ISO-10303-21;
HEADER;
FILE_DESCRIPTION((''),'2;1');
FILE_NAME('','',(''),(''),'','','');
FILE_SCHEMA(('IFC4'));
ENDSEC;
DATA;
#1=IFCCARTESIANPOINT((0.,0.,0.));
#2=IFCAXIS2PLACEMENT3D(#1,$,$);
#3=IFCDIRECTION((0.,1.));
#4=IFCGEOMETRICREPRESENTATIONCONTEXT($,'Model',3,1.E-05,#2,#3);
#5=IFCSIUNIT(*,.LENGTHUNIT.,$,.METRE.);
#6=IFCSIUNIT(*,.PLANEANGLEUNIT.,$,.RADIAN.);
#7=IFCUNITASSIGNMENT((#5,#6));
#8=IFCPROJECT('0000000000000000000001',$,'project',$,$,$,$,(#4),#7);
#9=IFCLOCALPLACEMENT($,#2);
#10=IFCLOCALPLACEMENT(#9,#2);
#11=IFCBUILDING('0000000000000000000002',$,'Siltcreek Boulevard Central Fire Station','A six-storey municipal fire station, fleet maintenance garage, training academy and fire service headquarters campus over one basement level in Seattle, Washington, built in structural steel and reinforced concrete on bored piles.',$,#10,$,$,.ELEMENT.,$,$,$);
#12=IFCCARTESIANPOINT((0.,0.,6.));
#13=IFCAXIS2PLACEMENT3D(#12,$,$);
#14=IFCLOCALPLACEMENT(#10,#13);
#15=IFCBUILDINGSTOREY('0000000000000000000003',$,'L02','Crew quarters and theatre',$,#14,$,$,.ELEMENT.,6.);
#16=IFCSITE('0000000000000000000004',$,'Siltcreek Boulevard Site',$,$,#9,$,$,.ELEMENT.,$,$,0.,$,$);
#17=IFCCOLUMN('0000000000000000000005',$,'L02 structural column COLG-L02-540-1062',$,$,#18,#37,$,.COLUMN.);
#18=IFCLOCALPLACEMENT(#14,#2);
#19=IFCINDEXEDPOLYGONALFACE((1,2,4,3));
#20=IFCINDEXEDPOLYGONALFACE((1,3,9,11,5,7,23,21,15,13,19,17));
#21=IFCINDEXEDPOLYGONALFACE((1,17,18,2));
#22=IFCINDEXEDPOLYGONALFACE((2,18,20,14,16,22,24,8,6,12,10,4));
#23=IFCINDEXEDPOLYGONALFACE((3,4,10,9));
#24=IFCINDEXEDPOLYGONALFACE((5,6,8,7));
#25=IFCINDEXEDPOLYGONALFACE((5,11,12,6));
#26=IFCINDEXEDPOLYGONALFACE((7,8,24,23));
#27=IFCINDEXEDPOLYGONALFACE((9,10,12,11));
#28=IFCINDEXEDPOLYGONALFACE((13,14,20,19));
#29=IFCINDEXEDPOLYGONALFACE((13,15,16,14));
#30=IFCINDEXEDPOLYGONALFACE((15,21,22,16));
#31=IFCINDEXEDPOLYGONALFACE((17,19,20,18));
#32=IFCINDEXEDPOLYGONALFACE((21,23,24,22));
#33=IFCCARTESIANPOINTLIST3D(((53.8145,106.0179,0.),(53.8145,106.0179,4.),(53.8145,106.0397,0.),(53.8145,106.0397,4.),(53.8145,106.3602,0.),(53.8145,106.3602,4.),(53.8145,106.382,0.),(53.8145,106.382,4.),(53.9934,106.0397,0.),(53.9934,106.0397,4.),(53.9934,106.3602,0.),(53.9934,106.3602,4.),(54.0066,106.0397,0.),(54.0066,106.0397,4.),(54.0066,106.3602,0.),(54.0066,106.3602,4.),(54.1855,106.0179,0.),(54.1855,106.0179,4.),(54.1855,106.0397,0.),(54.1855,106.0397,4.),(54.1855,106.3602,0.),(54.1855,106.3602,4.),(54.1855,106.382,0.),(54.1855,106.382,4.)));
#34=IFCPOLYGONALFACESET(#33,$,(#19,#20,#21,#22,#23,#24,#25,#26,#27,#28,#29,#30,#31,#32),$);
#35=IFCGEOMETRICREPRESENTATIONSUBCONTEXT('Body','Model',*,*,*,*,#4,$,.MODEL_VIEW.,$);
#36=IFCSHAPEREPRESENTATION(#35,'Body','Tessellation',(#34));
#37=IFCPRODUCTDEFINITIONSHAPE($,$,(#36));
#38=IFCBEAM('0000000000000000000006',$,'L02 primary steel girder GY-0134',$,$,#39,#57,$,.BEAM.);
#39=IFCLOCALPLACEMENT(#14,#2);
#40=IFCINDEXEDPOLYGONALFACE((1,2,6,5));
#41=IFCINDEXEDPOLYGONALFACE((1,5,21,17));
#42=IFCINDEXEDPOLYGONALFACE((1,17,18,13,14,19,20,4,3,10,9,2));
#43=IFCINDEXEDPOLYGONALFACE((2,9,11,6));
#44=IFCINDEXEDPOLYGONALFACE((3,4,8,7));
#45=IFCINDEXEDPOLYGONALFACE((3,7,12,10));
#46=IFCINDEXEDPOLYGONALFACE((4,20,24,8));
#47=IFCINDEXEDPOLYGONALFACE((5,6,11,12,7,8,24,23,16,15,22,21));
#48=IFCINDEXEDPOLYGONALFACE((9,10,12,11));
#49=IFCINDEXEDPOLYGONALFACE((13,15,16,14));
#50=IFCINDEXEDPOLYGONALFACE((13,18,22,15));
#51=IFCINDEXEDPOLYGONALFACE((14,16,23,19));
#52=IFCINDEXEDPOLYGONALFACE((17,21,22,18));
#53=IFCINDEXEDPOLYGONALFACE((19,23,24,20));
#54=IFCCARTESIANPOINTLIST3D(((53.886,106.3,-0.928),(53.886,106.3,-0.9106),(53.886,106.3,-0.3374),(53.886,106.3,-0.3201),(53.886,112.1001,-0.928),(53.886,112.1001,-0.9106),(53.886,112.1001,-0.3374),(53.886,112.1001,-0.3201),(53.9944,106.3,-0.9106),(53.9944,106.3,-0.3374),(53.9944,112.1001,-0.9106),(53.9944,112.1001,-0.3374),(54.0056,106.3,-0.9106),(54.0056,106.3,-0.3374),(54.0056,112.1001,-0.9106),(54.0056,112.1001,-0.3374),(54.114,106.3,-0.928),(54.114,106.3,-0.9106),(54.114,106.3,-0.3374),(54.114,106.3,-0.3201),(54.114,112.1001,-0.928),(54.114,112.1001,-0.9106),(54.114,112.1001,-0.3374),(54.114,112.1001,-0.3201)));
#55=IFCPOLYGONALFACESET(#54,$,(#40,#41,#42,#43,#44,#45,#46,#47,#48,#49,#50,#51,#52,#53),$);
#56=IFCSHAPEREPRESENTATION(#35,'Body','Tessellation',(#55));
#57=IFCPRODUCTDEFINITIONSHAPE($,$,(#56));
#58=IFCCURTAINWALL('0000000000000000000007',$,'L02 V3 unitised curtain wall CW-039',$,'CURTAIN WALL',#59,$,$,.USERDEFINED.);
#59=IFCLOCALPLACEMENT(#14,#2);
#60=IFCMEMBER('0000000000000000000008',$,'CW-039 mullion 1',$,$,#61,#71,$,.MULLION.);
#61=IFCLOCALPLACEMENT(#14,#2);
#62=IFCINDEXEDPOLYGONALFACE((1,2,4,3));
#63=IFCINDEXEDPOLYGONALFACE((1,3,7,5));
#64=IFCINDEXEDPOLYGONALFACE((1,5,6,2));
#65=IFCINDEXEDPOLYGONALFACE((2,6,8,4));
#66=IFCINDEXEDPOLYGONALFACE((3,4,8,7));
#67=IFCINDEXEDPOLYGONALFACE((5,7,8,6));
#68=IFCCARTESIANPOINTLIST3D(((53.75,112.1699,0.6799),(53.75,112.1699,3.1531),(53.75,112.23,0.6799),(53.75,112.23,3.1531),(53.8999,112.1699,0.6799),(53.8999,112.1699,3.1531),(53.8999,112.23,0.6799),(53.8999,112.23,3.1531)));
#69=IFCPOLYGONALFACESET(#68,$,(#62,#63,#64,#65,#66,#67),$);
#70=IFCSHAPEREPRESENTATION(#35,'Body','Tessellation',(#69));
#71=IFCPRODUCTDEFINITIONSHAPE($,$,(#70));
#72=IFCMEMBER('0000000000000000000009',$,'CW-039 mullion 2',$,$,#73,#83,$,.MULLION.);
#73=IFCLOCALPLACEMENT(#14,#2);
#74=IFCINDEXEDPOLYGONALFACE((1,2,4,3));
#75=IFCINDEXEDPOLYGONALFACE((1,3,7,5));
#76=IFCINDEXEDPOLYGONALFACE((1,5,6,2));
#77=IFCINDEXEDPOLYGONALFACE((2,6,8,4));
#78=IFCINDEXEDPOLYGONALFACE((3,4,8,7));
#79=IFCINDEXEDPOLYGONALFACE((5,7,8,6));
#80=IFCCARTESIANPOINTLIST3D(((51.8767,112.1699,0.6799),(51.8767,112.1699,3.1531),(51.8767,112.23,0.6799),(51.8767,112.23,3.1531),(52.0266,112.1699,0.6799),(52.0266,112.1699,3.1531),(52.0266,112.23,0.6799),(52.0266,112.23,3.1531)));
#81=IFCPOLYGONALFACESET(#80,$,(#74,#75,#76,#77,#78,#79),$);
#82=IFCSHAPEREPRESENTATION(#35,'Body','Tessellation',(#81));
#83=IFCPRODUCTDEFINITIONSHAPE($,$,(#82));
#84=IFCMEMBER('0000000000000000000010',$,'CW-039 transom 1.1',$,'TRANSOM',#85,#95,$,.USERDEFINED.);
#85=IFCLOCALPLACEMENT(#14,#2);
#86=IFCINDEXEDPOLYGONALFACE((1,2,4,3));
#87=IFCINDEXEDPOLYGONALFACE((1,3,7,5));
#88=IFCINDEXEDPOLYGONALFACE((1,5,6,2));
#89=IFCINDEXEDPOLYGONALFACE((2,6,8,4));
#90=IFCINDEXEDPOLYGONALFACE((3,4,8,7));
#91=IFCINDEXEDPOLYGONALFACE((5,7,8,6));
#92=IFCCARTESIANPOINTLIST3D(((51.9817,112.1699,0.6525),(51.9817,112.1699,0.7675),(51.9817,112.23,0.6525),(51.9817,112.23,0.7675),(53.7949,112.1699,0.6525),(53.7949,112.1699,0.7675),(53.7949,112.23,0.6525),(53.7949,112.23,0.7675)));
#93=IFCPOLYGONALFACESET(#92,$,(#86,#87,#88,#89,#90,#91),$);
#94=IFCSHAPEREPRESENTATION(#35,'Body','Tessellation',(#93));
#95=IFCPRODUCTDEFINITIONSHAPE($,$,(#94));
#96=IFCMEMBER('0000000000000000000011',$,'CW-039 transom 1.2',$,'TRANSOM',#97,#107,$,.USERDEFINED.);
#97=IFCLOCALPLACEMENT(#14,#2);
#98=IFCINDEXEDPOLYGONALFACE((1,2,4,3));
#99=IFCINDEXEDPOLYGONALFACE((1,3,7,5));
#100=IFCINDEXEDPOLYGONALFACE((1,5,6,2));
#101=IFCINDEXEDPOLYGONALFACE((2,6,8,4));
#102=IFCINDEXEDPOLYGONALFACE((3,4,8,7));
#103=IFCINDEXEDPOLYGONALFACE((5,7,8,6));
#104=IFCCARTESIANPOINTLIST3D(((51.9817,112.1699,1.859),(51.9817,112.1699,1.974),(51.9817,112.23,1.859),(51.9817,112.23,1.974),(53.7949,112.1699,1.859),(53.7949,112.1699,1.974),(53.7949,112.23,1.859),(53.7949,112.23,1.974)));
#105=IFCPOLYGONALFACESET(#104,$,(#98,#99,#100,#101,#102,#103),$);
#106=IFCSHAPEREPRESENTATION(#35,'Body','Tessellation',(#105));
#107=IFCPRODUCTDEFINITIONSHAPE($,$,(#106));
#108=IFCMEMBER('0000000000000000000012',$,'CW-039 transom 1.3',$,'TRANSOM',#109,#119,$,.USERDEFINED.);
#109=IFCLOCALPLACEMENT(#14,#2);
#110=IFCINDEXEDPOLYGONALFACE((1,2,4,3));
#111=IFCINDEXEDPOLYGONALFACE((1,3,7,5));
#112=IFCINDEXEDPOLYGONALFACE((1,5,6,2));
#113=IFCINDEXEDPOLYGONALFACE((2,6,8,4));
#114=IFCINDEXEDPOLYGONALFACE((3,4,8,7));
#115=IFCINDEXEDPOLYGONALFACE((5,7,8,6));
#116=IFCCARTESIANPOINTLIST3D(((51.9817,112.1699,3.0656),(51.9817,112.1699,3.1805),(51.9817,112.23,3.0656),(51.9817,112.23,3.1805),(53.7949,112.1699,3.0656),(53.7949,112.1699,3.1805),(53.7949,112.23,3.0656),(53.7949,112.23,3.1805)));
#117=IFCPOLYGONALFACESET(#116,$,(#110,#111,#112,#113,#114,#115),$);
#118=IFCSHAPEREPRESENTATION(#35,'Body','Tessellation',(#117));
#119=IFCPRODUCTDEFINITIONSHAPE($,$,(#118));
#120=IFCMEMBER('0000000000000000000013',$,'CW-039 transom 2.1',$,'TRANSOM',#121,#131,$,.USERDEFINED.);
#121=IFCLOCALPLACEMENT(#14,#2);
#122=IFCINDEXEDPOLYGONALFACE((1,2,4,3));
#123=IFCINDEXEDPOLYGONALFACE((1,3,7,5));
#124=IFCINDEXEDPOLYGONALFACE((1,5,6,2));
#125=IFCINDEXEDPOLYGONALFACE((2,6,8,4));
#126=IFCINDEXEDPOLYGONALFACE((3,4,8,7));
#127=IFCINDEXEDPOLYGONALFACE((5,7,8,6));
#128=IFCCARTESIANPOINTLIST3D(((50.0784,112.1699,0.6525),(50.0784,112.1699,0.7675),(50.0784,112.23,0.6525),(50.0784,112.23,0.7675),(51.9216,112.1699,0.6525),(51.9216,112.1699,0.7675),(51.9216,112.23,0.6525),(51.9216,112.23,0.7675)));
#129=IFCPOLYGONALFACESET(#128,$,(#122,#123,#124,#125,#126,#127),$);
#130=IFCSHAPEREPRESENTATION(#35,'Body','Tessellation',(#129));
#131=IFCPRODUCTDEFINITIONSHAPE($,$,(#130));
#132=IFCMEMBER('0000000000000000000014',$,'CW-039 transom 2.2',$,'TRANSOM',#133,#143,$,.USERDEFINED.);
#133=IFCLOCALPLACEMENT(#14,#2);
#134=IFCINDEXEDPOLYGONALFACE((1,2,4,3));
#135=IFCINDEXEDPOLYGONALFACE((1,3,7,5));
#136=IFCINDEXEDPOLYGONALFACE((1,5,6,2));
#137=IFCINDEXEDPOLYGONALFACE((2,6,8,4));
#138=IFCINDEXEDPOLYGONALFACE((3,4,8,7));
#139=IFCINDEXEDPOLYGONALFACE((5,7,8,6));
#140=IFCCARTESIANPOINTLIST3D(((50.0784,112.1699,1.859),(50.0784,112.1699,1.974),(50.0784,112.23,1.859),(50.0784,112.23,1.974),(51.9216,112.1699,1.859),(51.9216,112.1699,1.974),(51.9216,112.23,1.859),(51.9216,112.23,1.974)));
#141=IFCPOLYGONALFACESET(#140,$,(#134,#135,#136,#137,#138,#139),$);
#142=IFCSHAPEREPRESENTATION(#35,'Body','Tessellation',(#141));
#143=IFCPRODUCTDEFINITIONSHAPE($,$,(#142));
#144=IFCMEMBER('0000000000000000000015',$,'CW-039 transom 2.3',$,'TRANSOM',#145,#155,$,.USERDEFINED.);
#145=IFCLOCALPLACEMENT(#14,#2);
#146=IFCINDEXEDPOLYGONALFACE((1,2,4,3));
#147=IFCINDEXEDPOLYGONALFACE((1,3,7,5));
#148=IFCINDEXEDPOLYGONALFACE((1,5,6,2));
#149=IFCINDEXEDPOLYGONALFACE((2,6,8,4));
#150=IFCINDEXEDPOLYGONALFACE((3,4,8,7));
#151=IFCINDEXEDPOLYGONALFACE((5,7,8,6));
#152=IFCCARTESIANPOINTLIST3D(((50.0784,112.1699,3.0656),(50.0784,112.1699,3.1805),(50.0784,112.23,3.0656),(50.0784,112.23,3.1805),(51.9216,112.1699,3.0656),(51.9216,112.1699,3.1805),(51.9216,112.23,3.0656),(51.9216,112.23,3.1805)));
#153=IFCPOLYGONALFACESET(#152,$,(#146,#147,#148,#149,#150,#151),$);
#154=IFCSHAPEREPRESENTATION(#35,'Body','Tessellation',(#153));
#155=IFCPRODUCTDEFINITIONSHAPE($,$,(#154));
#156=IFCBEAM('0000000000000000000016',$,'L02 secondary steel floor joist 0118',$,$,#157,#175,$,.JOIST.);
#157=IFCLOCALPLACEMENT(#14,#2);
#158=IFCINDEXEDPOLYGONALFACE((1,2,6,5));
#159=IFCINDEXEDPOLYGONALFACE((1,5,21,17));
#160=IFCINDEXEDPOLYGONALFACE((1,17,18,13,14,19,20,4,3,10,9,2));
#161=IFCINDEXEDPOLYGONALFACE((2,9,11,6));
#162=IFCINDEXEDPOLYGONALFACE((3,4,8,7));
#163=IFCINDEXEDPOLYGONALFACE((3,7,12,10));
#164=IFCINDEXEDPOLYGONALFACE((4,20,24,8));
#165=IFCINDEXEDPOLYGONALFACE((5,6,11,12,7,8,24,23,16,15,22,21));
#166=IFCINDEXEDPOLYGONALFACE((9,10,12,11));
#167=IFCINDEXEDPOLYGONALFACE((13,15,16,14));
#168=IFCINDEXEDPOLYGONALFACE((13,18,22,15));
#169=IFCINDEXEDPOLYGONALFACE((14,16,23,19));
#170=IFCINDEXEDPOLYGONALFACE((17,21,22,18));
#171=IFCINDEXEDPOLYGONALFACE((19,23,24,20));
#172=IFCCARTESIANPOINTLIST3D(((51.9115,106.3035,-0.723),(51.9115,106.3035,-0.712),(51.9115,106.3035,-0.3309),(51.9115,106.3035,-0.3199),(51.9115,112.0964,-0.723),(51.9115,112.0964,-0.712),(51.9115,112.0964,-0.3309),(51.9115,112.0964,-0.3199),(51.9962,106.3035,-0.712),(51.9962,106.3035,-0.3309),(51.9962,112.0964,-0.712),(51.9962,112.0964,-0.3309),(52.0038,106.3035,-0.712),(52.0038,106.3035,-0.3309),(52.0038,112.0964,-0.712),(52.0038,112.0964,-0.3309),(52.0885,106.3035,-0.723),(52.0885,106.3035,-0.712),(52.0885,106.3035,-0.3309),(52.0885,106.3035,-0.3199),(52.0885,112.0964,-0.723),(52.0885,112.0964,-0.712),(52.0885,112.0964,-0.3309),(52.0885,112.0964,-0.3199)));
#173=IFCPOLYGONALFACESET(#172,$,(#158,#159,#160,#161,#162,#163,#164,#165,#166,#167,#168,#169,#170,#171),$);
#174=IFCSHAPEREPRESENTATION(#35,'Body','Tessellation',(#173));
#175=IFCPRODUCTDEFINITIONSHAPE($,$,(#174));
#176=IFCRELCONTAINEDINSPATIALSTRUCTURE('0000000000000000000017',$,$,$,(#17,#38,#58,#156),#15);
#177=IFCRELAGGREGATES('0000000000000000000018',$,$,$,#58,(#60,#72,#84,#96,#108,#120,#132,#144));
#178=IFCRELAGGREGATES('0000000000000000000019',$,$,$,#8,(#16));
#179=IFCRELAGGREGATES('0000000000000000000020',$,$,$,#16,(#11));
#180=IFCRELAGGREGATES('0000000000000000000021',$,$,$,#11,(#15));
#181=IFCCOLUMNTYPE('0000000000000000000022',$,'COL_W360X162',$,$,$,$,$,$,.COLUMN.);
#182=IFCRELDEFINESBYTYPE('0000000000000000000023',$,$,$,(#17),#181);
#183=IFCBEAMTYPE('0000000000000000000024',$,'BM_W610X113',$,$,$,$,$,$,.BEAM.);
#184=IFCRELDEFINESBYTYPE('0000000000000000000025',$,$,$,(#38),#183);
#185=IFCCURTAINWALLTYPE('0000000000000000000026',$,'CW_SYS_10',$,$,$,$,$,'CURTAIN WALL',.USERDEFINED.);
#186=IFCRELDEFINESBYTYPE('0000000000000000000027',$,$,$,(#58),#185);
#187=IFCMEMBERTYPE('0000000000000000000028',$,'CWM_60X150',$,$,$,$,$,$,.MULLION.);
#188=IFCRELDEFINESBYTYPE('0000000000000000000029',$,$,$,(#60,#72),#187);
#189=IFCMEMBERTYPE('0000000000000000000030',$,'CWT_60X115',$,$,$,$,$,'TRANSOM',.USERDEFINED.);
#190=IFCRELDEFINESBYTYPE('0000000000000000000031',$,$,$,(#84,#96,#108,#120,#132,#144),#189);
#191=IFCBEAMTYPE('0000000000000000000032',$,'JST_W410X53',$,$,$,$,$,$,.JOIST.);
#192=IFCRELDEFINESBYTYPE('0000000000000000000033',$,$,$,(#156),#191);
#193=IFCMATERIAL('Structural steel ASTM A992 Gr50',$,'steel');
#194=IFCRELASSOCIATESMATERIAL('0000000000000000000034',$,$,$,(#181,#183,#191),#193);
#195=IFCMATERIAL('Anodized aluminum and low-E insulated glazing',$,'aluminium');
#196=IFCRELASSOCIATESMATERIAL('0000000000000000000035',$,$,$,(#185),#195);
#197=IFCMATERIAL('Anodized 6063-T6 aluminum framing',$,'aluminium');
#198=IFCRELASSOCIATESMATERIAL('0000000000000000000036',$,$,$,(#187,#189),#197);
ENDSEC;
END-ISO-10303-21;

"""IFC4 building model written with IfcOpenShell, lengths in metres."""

from ifc_helpers import new_model, si_unit, direction, frame, origin, origin_2d, place, context, subcontext, project, spatial, rectangle, i_section, extrude, material, material_profile, profile_set, type_object, element, aggregate, save


model = new_model("IFC4")

# Units and contexts
model_context = context("Model", 3, precision=1e-05, world=origin(), true_north=direction((0.0, 1.0)))
body_context = subcontext(model_context, "Body", "Model", "MODEL_VIEW")
ifc_project = project(units=[si_unit("LENGTHUNIT", "METRE"), si_unit("PLANEANGLEUNIT", "RADIAN")], contexts=[model_context])

# Site, building, storey
site_placement = place(None, origin())
site = spatial("IfcSite", under=ifc_project, at=site_placement, Name="Siltcreek Boulevard Site", CompositionType="ELEMENT", RefElevation=0.0)
building_placement = place(site_placement, origin())
building = spatial("IfcBuilding", under=site, at=building_placement, Name="Siltcreek Boulevard Central Fire Station", Description="A six-storey municipal fire station, fleet maintenance garage, training academy and fire service headquarters campus over one basement level in Seattle, Washington, built in structural steel and reinforced concrete on bored piles.", CompositionType="ELEMENT")
storey_placement = place(building_placement, frame((0.0, 0.0, 6.0)))
storey = spatial("IfcBuildingStorey", under=building, at=storey_placement, Name="L02", Description="Crew quarters and theatre", CompositionType="ELEMENT", Elevation=6.0)

# Column
ifc_material_1 = material(Name="Structural steel ASTM A992 Gr50", Category="steel")
ifc_material_profile_1 = material_profile(ifc_material_1, i_section(OverallWidth=0.3711, OverallDepth=0.364, WebThickness=0.0132, FlangeThickness=0.0217, at=origin_2d()), Name="W360X162")
ifc_profile_set_1 = profile_set([ifc_material_profile_1], Name="Structural steel ASTM A992 Gr50")
column_type = type_object("IfcColumnType", Name="COL_W360X162", PredefinedType="COLUMN", material=ifc_profile_set_1)
column_placement = place(storey_placement, frame((54.0, 106.2, 0.0), z_axis=(0.0, 0.0, 1.0), x_axis=(1.0, 0.0, 0.0)))
element("IfcColumn", 1, at=column_placement, inside=storey, type_object=column_type, Name="L02 structural column COLG-L02-540-1062", PredefinedType="COLUMN", context=body_context, shape_type="SweptSolid", body=[
    extrude(i_section(OverallWidth=0.3711, OverallDepth=0.364, WebThickness=0.0132, FlangeThickness=0.0217, at=origin_2d()), origin(), (0.0, 0.0, 1.0), 4.0),
])

# Beam
ifc_material_profile_2 = material_profile(ifc_material_1, i_section(OverallWidth=0.228, OverallDepth=0.6079, WebThickness=0.0112, FlangeThickness=0.0173, at=origin_2d()), Name="W610X113")
ifc_profile_set_2 = profile_set([ifc_material_profile_2], Name="Structural steel ASTM A992 Gr50")
beam_type_1 = type_object("IfcBeamType", Name="BM_W610X113", PredefinedType="BEAM", material=ifc_profile_set_2)
beam_1_placement = place(storey_placement, frame((54.0, 106.3, -0.624), z_axis=(0.0, 1.0, 0.0), x_axis=(-1.0, 0.0, 0.0)))
element("IfcBeam", 2, at=beam_1_placement, inside=storey, type_object=beam_type_1, Name="L02 primary steel girder GY-0134", PredefinedType="BEAM", context=body_context, shape_type="SweptSolid", body=[
    extrude(i_section(OverallWidth=0.228, OverallDepth=0.6079, WebThickness=0.0112, FlangeThickness=0.0173, at=origin_2d()), origin(), (0.0, 0.0, 1.0), 5.8),
])

# Curtain wall, members
ifc_material_2 = material(Name="Anodized aluminum and low-E insulated glazing", Category="aluminium")
curtain_wall_type = type_object("IfcCurtainWallType", Name="CW_SYS_10", ElementType="CURTAIN WALL", PredefinedType="USERDEFINED", material=ifc_material_2)
curtain_wall_placement = place(storey_placement, origin())
curtain_wall = element("IfcCurtainWall", 3, at=curtain_wall_placement, inside=storey, type_object=curtain_wall_type, Name="L02 V3 unitised curtain wall CW-039", ObjectType="CURTAIN WALL", PredefinedType="USERDEFINED")
ifc_material_3 = material(Name="Anodized 6063-T6 aluminum framing", Category="aluminium")
ifc_material_profile_3 = material_profile(ifc_material_3, rectangle(XDim=0.0601, YDim=0.1499, at=origin_2d()), Name="MULL60X150")
ifc_profile_set_3 = profile_set([ifc_material_profile_3], Name="Anodized 6063-T6 aluminum framing")
member_type_1 = type_object("IfcMemberType", Name="CWM_60X150", PredefinedType="MULLION", material=ifc_profile_set_3)
member_1_placement = place(storey_placement, frame((53.825, 112.2, 0.6799), z_axis=(0.0, 0.0, 1.0), x_axis=(0.0, -1.0, 0.0)))
member_1 = element("IfcMember", 4, at=member_1_placement, type_object=member_type_1, Name="CW-039 mullion 1", PredefinedType="MULLION", context=body_context, shape_type="SweptSolid", body=[
    extrude(rectangle(XDim=0.0601, YDim=0.1499, at=origin_2d()), origin(), (0.0, 0.0, 1.0), 2.4731),
])
member_2_placement = place(storey_placement, frame((51.9517, 112.2, 0.6799), z_axis=(0.0, 0.0, 1.0), x_axis=(0.0, -1.0, 0.0)))
member_2 = element("IfcMember", 5, at=member_2_placement, type_object=member_type_1, Name="CW-039 mullion 2", PredefinedType="MULLION", context=body_context, shape_type="SweptSolid", body=[
    extrude(rectangle(XDim=0.0601, YDim=0.1499, at=origin_2d()), origin(), (0.0, 0.0, 1.0), 2.4731),
])
ifc_material_profile_4 = material_profile(ifc_material_3, rectangle(XDim=0.0601, YDim=0.115, at=origin_2d()), Name="TRAN60X115")
ifc_profile_set_4 = profile_set([ifc_material_profile_4], Name="Anodized 6063-T6 aluminum framing")
member_type_2 = type_object("IfcMemberType", Name="CWT_60X115", ElementType="TRANSOM", PredefinedType="USERDEFINED", material=ifc_profile_set_4)
member_3_placement = place(storey_placement, frame((53.7949, 112.2, 0.71), z_axis=(-1.0, 0.0, 0.0), x_axis=(0.0, -1.0, 0.0)))
member_3 = element("IfcMember", 6, at=member_3_placement, type_object=member_type_2, Name="CW-039 transom 1.1", ObjectType="TRANSOM", PredefinedType="USERDEFINED", context=body_context, shape_type="SweptSolid", body=[
    extrude(rectangle(XDim=0.0601, YDim=0.115, at=origin_2d()), origin(), (0.0, 0.0, 1.0), 1.8132),
])
member_4_placement = place(storey_placement, frame((53.7949, 112.2, 1.9165), z_axis=(-1.0, 0.0, 0.0), x_axis=(0.0, -1.0, 0.0)))
member_4 = element("IfcMember", 7, at=member_4_placement, type_object=member_type_2, Name="CW-039 transom 1.2", ObjectType="TRANSOM", PredefinedType="USERDEFINED", context=body_context, shape_type="SweptSolid", body=[
    extrude(rectangle(XDim=0.0601, YDim=0.115, at=origin_2d()), origin(), (0.0, 0.0, 1.0), 1.8132),
])
member_5_placement = place(storey_placement, frame((53.7949, 112.2, 3.123), z_axis=(-1.0, 0.0, 0.0), x_axis=(0.0, -1.0, 0.0)))
member_5 = element("IfcMember", 8, at=member_5_placement, type_object=member_type_2, Name="CW-039 transom 1.3", ObjectType="TRANSOM", PredefinedType="USERDEFINED", context=body_context, shape_type="SweptSolid", body=[
    extrude(rectangle(XDim=0.0601, YDim=0.115, at=origin_2d()), origin(), (0.0, 0.0, 1.0), 1.8132),
])
member_6_placement = place(storey_placement, frame((51.9216, 112.2, 0.71), z_axis=(-1.0, 0.0, 0.0), x_axis=(0.0, -1.0, 0.0)))
member_6 = element("IfcMember", 9, at=member_6_placement, type_object=member_type_2, Name="CW-039 transom 2.1", ObjectType="TRANSOM", PredefinedType="USERDEFINED", context=body_context, shape_type="SweptSolid", body=[
    extrude(rectangle(XDim=0.0601, YDim=0.115, at=origin_2d()), origin(), (0.0, 0.0, 1.0), 1.8433),
])
member_7_placement = place(storey_placement, frame((51.9216, 112.2, 1.9165), z_axis=(-1.0, 0.0, 0.0), x_axis=(0.0, -1.0, 0.0)))
member_7 = element("IfcMember", 10, at=member_7_placement, type_object=member_type_2, Name="CW-039 transom 2.2", ObjectType="TRANSOM", PredefinedType="USERDEFINED", context=body_context, shape_type="SweptSolid", body=[
    extrude(rectangle(XDim=0.0601, YDim=0.115, at=origin_2d()), origin(), (0.0, 0.0, 1.0), 1.8433),
])
member_8_placement = place(storey_placement, frame((51.9216, 112.2, 3.123), z_axis=(-1.0, 0.0, 0.0), x_axis=(0.0, -1.0, 0.0)))
member_8 = element("IfcMember", 11, at=member_8_placement, type_object=member_type_2, Name="CW-039 transom 2.3", ObjectType="TRANSOM", PredefinedType="USERDEFINED", context=body_context, shape_type="SweptSolid", body=[
    extrude(rectangle(XDim=0.0601, YDim=0.115, at=origin_2d()), origin(), (0.0, 0.0, 1.0), 1.8433),
])

# Beam
ifc_material_profile_5 = material_profile(ifc_material_1, i_section(OverallWidth=0.177, OverallDepth=0.4031, WebThickness=0.0076, FlangeThickness=0.011, at=origin_2d()), Name="W410X53")
ifc_profile_set_5 = profile_set([ifc_material_profile_5], Name="Structural steel ASTM A992 Gr50")
beam_type_2 = type_object("IfcBeamType", Name="JST_W410X53", PredefinedType="JOIST", material=ifc_profile_set_5)
beam_2_placement = place(storey_placement, frame((52.0, 106.3035, -0.5215), z_axis=(0.0, 1.0, 0.0), x_axis=(-1.0, 0.0, 0.0)))
element("IfcBeam", 12, at=beam_2_placement, inside=storey, type_object=beam_type_2, Name="L02 secondary steel floor joist 0118", PredefinedType="JOIST", context=body_context, shape_type="SweptSolid", body=[
    extrude(i_section(OverallWidth=0.177, OverallDepth=0.4031, WebThickness=0.0076, FlangeThickness=0.011, at=origin_2d()), origin(), (0.0, 0.0, 1.0), 5.793),
])

aggregate(curtain_wall, [member_1, member_2, member_3, member_4, member_5, member_6, member_7, member_8])

save(model, "model.ifc")
